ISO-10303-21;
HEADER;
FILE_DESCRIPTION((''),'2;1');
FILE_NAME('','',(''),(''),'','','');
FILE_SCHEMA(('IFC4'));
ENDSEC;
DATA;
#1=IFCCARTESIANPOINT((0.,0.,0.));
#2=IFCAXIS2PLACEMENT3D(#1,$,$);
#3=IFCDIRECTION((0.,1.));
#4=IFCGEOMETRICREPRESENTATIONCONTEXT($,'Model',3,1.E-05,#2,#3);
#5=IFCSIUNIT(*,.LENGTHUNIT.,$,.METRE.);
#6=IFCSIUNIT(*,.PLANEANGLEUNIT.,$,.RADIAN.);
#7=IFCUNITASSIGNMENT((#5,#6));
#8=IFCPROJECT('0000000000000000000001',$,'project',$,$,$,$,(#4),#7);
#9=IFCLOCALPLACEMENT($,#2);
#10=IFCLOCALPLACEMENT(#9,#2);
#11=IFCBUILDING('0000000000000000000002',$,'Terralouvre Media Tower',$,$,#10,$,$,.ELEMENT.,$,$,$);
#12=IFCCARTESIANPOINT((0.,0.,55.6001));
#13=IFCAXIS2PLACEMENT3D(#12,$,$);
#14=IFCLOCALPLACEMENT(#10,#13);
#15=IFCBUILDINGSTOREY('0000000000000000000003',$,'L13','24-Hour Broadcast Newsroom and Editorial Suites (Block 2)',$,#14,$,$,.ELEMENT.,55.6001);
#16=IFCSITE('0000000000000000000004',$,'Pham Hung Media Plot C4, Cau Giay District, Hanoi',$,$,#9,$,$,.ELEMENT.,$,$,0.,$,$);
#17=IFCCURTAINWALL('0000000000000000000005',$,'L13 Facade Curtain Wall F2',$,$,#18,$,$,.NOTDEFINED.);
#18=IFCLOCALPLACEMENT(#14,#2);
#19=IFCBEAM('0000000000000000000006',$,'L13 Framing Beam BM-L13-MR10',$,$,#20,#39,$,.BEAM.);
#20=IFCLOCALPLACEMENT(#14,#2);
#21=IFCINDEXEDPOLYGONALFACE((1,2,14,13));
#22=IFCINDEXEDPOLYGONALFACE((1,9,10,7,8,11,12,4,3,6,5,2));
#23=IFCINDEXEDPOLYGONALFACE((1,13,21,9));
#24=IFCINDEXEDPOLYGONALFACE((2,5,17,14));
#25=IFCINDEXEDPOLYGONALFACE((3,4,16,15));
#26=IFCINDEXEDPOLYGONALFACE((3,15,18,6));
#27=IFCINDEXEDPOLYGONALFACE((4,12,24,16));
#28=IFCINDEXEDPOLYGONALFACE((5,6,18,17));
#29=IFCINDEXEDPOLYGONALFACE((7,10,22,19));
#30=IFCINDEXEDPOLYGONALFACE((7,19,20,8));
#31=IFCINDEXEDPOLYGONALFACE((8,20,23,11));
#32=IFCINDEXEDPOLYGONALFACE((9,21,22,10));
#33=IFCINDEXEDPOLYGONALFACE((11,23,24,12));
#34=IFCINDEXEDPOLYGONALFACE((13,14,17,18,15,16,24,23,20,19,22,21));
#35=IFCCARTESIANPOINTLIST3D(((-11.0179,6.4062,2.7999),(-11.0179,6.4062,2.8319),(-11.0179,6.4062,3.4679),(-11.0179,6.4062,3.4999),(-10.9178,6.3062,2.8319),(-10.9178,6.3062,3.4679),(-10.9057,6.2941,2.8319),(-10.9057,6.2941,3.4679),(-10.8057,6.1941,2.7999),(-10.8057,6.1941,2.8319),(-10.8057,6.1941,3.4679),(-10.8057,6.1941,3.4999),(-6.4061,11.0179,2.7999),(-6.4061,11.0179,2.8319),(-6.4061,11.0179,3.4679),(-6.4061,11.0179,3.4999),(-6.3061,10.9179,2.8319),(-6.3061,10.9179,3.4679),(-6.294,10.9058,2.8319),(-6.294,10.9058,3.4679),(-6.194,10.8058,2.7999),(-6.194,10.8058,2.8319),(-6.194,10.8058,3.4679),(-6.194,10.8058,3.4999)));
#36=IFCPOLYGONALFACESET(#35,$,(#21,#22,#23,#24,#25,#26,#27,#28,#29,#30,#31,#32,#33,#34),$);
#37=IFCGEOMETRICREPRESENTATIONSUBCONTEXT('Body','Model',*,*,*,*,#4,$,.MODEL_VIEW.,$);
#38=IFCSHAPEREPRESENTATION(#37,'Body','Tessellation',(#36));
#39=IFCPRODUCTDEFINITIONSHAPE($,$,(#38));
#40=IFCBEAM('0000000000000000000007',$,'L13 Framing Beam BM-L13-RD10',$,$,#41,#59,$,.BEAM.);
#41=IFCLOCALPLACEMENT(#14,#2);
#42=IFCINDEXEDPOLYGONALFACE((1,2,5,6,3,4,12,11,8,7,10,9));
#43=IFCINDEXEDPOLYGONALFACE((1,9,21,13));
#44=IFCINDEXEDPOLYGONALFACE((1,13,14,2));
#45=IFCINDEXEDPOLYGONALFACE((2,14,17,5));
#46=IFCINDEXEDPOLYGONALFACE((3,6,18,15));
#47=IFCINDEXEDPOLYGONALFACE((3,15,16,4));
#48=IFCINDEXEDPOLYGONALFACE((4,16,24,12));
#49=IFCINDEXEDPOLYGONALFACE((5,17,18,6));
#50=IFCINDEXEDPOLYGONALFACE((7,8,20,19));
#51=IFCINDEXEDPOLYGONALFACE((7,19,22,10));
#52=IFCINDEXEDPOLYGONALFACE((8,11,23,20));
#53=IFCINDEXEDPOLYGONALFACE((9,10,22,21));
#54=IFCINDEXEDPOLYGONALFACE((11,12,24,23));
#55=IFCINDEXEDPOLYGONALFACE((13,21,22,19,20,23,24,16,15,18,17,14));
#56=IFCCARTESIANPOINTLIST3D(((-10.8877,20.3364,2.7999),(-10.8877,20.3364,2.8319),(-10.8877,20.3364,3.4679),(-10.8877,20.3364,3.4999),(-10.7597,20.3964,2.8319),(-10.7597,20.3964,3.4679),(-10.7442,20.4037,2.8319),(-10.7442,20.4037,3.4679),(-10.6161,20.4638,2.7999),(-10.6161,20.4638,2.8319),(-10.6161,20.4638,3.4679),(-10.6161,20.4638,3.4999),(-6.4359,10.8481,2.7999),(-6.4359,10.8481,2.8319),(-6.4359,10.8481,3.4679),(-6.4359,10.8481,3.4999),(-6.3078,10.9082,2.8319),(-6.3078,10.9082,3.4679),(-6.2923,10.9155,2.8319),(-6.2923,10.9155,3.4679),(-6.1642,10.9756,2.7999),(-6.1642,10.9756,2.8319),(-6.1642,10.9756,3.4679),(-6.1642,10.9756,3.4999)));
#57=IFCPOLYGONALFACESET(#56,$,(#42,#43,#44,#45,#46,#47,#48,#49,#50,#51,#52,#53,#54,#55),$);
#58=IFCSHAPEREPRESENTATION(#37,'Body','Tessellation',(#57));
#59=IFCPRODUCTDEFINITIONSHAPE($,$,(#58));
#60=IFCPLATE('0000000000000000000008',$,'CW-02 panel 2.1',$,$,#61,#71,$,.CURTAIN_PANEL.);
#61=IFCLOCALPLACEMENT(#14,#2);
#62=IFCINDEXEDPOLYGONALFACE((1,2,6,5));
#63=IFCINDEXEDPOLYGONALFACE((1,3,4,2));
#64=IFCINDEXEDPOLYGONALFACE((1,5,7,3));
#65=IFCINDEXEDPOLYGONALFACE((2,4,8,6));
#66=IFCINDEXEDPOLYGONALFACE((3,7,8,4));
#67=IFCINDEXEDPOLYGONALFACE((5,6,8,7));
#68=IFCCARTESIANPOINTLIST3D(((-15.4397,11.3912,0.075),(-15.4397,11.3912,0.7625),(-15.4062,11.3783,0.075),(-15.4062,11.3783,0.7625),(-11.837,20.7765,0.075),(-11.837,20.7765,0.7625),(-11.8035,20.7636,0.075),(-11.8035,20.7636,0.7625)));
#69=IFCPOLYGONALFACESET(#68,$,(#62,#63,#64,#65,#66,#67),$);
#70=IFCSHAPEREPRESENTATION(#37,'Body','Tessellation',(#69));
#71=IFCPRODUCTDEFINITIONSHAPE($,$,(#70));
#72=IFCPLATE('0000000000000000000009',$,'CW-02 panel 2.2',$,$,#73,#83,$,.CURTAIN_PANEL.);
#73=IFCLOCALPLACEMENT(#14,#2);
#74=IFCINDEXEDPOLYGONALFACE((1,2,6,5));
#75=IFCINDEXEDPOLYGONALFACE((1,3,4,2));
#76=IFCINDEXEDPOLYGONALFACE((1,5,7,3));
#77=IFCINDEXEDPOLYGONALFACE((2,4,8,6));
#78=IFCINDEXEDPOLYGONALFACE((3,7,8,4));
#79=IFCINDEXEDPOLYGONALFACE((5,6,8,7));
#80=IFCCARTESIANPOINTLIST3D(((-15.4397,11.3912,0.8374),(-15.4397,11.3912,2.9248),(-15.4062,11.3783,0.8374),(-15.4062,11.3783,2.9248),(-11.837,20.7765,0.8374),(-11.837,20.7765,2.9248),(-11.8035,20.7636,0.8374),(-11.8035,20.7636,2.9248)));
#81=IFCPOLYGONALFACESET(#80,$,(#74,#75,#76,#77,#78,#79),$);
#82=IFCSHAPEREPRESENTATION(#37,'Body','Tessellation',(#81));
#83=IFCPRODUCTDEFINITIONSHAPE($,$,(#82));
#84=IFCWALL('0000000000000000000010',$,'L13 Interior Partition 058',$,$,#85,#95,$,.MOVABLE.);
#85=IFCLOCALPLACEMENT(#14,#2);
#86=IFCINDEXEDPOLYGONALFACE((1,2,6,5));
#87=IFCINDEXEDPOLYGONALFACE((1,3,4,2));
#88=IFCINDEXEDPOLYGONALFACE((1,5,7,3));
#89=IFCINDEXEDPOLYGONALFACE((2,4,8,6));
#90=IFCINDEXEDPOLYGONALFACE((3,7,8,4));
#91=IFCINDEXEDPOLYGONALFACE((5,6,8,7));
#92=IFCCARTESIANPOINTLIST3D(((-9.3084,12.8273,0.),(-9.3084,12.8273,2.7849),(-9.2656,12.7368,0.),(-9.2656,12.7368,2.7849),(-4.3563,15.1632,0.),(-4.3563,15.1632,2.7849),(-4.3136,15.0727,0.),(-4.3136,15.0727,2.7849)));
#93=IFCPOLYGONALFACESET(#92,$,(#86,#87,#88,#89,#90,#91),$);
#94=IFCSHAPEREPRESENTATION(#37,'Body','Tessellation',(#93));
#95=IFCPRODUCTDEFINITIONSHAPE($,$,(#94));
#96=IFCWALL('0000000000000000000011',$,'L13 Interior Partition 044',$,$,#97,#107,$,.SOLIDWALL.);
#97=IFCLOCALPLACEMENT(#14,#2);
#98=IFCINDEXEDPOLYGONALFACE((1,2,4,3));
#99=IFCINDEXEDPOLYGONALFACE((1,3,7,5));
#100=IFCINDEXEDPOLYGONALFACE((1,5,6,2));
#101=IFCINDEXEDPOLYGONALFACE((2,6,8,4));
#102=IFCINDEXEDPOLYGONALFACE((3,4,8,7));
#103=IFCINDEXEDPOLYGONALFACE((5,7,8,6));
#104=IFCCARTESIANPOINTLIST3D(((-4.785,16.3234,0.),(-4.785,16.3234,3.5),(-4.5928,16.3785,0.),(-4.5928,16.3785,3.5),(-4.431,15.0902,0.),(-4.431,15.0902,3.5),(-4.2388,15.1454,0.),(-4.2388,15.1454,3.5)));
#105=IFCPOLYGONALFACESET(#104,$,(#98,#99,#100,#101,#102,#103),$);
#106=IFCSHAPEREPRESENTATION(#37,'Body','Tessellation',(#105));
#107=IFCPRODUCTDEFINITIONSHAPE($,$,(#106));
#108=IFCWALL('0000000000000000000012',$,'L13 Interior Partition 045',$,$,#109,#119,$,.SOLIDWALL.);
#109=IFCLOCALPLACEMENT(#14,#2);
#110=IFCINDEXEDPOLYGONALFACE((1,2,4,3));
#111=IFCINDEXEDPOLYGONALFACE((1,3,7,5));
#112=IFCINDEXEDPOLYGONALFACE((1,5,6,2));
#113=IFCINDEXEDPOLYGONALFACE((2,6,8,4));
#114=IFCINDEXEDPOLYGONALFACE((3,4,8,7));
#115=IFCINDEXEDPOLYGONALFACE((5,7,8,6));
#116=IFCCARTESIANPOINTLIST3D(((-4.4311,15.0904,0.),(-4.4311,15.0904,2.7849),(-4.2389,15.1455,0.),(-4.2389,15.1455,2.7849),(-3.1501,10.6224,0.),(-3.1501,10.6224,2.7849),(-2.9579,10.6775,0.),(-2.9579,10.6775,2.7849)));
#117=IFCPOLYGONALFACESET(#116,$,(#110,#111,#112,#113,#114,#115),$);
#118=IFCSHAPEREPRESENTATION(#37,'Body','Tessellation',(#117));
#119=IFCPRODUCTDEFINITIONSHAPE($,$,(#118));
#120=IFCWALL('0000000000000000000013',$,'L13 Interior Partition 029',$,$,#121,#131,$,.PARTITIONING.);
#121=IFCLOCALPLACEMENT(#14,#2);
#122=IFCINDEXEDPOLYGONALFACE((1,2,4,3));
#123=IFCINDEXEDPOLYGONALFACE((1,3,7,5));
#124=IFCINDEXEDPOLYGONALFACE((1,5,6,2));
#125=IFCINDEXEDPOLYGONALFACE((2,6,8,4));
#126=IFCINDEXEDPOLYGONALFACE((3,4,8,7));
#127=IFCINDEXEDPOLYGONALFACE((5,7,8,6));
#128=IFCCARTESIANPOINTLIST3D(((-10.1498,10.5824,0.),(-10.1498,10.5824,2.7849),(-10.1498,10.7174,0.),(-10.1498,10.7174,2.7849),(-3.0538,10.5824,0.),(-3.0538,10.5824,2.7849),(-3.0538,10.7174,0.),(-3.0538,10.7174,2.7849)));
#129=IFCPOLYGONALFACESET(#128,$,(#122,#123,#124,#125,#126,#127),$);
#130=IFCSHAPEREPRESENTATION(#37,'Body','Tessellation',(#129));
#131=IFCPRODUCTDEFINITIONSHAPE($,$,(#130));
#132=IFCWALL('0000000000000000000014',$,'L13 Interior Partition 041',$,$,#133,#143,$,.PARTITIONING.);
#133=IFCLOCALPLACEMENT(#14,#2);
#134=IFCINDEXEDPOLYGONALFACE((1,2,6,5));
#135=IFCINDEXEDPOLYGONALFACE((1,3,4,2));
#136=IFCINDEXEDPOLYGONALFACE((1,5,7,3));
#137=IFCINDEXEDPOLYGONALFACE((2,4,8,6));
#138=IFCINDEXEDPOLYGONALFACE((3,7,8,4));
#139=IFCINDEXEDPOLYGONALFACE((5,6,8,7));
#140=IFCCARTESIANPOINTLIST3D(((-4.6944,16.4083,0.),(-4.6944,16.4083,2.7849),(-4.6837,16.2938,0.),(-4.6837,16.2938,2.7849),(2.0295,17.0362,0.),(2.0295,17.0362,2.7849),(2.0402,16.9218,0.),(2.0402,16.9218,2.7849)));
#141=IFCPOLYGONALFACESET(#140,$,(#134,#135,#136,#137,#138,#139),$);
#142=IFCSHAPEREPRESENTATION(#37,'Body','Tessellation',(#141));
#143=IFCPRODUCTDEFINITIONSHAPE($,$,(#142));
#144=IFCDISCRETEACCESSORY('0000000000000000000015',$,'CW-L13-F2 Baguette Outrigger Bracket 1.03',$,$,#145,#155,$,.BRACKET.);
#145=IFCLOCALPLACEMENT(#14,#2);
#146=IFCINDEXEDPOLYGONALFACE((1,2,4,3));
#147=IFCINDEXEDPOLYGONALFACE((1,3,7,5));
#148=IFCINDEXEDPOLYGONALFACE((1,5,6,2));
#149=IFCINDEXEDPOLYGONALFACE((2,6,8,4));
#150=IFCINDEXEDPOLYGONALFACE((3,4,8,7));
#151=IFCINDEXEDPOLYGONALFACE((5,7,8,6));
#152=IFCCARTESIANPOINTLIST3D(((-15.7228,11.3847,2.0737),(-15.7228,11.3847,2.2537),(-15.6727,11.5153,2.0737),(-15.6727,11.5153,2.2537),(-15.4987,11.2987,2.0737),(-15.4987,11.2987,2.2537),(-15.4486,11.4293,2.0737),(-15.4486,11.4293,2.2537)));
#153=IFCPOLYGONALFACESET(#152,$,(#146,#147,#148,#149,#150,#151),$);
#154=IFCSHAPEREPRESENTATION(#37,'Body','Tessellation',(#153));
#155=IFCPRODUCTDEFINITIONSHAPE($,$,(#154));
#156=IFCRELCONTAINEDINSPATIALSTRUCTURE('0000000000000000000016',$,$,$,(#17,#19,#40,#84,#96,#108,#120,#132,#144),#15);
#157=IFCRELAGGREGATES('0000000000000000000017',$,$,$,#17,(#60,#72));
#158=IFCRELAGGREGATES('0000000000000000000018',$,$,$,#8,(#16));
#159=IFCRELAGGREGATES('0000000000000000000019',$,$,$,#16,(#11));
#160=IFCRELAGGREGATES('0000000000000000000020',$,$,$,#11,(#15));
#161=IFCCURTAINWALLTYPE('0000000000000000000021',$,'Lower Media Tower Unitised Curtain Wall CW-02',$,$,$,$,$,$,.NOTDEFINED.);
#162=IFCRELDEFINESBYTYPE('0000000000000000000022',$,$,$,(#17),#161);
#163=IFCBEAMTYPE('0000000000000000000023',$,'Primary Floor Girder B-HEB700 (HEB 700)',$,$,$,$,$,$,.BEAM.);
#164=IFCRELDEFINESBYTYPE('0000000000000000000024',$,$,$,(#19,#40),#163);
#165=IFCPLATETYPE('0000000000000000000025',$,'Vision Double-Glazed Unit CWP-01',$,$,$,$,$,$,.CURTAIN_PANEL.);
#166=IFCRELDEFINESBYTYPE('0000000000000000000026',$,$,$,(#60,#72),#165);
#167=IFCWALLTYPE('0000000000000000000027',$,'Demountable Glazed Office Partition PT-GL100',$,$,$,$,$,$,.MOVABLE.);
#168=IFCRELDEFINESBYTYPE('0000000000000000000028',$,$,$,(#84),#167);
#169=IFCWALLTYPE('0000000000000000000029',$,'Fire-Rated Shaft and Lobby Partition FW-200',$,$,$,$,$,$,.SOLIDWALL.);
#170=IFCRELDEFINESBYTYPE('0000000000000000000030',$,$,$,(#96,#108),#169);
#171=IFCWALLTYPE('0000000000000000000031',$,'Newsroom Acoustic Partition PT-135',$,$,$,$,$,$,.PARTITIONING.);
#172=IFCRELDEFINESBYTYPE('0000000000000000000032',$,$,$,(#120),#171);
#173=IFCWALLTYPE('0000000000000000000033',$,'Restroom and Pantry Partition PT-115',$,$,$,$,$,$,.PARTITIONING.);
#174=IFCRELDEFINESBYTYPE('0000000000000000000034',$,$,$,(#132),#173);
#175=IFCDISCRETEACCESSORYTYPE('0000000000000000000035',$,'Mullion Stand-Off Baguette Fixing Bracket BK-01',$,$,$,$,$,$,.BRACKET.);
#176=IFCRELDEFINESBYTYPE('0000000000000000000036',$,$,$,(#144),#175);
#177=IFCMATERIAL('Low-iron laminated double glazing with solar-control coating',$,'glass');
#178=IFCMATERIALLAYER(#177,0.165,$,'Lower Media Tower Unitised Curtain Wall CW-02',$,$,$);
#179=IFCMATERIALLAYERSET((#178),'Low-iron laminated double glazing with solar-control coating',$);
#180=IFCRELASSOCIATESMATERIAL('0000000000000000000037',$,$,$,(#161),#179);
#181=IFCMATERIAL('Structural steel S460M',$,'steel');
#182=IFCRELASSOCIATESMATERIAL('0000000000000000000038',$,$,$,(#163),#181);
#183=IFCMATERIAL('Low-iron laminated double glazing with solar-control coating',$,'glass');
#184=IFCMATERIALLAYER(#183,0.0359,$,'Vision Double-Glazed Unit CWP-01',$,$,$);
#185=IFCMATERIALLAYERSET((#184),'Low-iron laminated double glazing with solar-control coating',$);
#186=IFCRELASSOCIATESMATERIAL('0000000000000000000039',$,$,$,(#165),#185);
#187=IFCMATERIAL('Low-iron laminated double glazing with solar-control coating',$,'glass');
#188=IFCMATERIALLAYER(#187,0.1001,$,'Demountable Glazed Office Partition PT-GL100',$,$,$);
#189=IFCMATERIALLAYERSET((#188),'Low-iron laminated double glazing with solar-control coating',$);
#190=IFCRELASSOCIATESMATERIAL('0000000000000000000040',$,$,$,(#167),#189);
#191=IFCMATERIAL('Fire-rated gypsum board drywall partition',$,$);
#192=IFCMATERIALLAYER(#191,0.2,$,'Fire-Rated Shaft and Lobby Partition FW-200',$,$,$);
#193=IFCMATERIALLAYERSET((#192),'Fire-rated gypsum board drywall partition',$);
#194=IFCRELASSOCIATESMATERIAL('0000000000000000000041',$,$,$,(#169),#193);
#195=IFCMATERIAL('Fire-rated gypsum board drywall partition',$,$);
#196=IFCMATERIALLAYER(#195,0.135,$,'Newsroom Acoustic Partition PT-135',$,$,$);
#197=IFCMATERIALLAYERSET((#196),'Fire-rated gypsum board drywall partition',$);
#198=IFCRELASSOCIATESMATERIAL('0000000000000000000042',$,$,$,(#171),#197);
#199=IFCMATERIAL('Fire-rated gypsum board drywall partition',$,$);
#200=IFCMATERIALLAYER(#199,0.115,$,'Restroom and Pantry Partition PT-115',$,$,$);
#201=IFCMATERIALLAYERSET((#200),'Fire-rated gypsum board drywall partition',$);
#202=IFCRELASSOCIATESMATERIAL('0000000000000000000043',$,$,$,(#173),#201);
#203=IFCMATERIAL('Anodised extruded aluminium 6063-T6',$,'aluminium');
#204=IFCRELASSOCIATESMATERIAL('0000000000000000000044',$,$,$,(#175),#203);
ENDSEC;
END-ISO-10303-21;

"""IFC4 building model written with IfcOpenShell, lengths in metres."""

from ifc_helpers import new_model, si_unit, direction, frame, frame_2d, origin, origin_2d, place, context, subcontext, project, spatial, rectangle, i_section, extrude, material, layer, layer_set, material_profile, profile_set, type_object, element, aggregate, save


model = new_model("IFC4")

# Units and contexts
model_context = context("Model", 3, precision=1e-05, world=origin(), true_north=direction((0.0, 1.0)))
body_context = subcontext(model_context, "Body", "Model", "MODEL_VIEW")
ifc_project = project(units=[si_unit("LENGTHUNIT", "METRE"), si_unit("PLANEANGLEUNIT", "RADIAN")], contexts=[model_context])

# Site, building, storey
site_placement = place(None, origin())
site = spatial("IfcSite", under=ifc_project, at=site_placement, Name="Pham Hung Media Plot C4, Cau Giay District, Hanoi", CompositionType="ELEMENT", RefElevation=0.0)
building_placement = place(site_placement, origin())
building = spatial("IfcBuilding", under=site, at=building_placement, Name="Terralouvre Media Tower", CompositionType="ELEMENT")
storey_placement = place(building_placement, frame((0.0, 0.0, 55.6001)))
storey = spatial("IfcBuildingStorey", under=building, at=storey_placement, Name="L13", Description="24-Hour Broadcast Newsroom and Editorial Suites (Block 2)", CompositionType="ELEMENT", Elevation=55.6001)

# Curtain wall
ifc_material_1 = material(Name="Low-iron laminated double glazing with solar-control coating", Category="glass")
ifc_layer_1 = layer(ifc_material_1, 0.165, Name="Lower Media Tower Unitised Curtain Wall CW-02")
ifc_layer_set_1 = layer_set([ifc_layer_1], Name="Low-iron laminated double glazing with solar-control coating")
curtain_wall_type = type_object("IfcCurtainWallType", Name="Lower Media Tower Unitised Curtain Wall CW-02", PredefinedType="NOTDEFINED", material=ifc_layer_set_1)
curtain_wall_placement = place(storey_placement, origin())
curtain_wall = element("IfcCurtainWall", 1, at=curtain_wall_placement, inside=storey, type_object=curtain_wall_type, Name="L13 Facade Curtain Wall F2", PredefinedType="NOTDEFINED")

# Beams
ifc_material_2 = material(Name="Structural steel S460M", Category="steel")
ifc_material_profile_1 = material_profile(ifc_material_2, i_section(OverallWidth=0.3, OverallDepth=0.7, WebThickness=0.0171, FlangeThickness=0.032, at=origin_2d()), Name="HEB 700")
ifc_profile_set_1 = profile_set([ifc_material_profile_1], Name="Structural steel S460M")
beam_type_1 = type_object("IfcBeamType", Name="Primary Floor Girder B-HEB700 (HEB 700)", PredefinedType="BEAM", material=ifc_profile_set_1)
beam_1_placement = place(storey_placement, frame((-6.3, 10.9119, 3.1499), z_axis=(-0.707107, -0.707107, 0.0), x_axis=(0.707107, -0.707107, 0.0)))
element("IfcBeam", 2, at=beam_1_placement, inside=storey, type_object=beam_type_1, Name="L13 Framing Beam BM-L13-MR10", PredefinedType="BEAM", context=body_context, shape_type="SweptSolid", body=[
    extrude(i_section(OverallWidth=0.3, OverallDepth=0.7, WebThickness=0.0171, FlangeThickness=0.032, at=origin_2d()), origin(), (0.0, 0.0, 1.0), 6.522),
])
beam_2_placement = place(storey_placement, frame((-6.3, 10.9119, 3.1499), z_axis=(-0.424768, 0.905302, 0.0), x_axis=(-0.905302, -0.424768, 0.0)))
element("IfcBeam", 3, at=beam_2_placement, inside=storey, type_object=beam_type_1, Name="L13 Framing Beam BM-L13-RD10", PredefinedType="BEAM", context=body_context, shape_type="SweptSolid", body=[
    extrude(i_section(OverallWidth=0.3, OverallDepth=0.7, WebThickness=0.0171, FlangeThickness=0.032, at=origin_2d()), origin(), (0.0, 0.0, 1.0), 10.4807),
])

# Plates
ifc_material_3 = material(Name="Low-iron laminated double glazing with solar-control coating", Category="glass")
ifc_layer_2 = layer(ifc_material_3, 0.0359, Name="Vision Double-Glazed Unit CWP-01")
ifc_layer_set_2 = layer_set([ifc_layer_2], Name="Low-iron laminated double glazing with solar-control coating")
plate_type = type_object("IfcPlateType", Name="Vision Double-Glazed Unit CWP-01", PredefinedType="CURTAIN_PANEL", material=ifc_layer_set_2)
plate_1_placement = place(storey_placement, frame((-13.6216, 16.0774, 0.075), z_axis=(0.0, 0.0, 1.0), x_axis=(-0.358368, -0.93358, 0.0)))
plate_1 = element("IfcPlate", 4, at=plate_1_placement, type_object=plate_type, Name="CW-02 panel 2.1", PredefinedType="CURTAIN_PANEL", context=body_context, shape_type="SweptSolid", body=[
    extrude(rectangle(XDim=10.053, YDim=0.0359, at=origin_2d()), origin(), (0.0, 0.0, 1.0), 0.6875),
])
plate_2_placement = place(storey_placement, frame((-13.6216, 16.0774, 0.8374), z_axis=(0.0, 0.0, 1.0), x_axis=(-0.358368, -0.93358, 0.0)))
plate_2 = element("IfcPlate", 5, at=plate_2_placement, type_object=plate_type, Name="CW-02 panel 2.2", PredefinedType="CURTAIN_PANEL", context=body_context, shape_type="SweptSolid", body=[
    extrude(rectangle(XDim=10.053, YDim=0.0359, at=origin_2d()), origin(), (0.0, 0.0, 1.0), 2.0874),
])
aggregate(curtain_wall, [plate_1, plate_2])

# Walls
ifc_material_4 = material(Name="Low-iron laminated double glazing with solar-control coating", Category="glass")
ifc_layer_3 = layer(ifc_material_4, 0.1001, Name="Demountable Glazed Office Partition PT-GL100")
ifc_layer_set_3 = layer_set([ifc_layer_3], Name="Low-iron laminated double glazing with solar-control coating")
wall_type_1 = type_object("IfcWallType", Name="Demountable Glazed Office Partition PT-GL100", PredefinedType="MOVABLE", material=ifc_layer_set_3)
wall_1_placement = place(storey_placement, frame((-9.2871, 12.782, 0.0), z_axis=(0.0, 0.0, 1.0), x_axis=(0.90443, 0.426621, 0.0)))
element("IfcWall", 6, at=wall_1_placement, inside=storey, type_object=wall_type_1, Name="L13 Interior Partition 058", PredefinedType="MOVABLE", context=body_context, shape_type="SweptSolid", body=[
    extrude(rectangle(XDim=5.4753, YDim=0.1001, at=frame_2d((2.7378, 0.0))), origin(), (0.0, 0.0, 1.0), 2.7849),
])
ifc_material_5 = material(Name="Fire-rated gypsum board drywall partition")
ifc_layer_4 = layer(ifc_material_5, 0.2, Name="Fire-Rated Shaft and Lobby Partition FW-200")
ifc_layer_set_4 = layer_set([ifc_layer_4], Name="Fire-rated gypsum board drywall partition")
wall_type_2 = type_object("IfcWallType", Name="Fire-Rated Shaft and Lobby Partition FW-200", PredefinedType="SOLIDWALL", material=ifc_layer_set_4)
wall_2_placement = place(storey_placement, frame((-4.689, 16.3511, 0.0), z_axis=(0.0, 0.0, 1.0), x_axis=(0.275927, -0.961179, 0.0)))
element("IfcWall", 7, at=wall_2_placement, inside=storey, type_object=wall_type_2, Name="L13 Interior Partition 044", PredefinedType="SOLIDWALL", context=body_context, shape_type="SweptSolid", body=[
    extrude(rectangle(XDim=1.283, YDim=0.2, at=frame_2d((0.6416, 0.0))), origin(), (0.0, 0.0, 1.0), 3.5),
])
wall_3_placement = place(storey_placement, frame((-4.335, 15.1179, 0.0), z_axis=(0.0, 0.0, 1.0), x_axis=(0.275602, -0.961272, 0.0)))
element("IfcWall", 8, at=wall_3_placement, inside=storey, type_object=wall_type_2, Name="L13 Interior Partition 045", PredefinedType="SOLIDWALL", context=body_context, shape_type="SweptSolid", body=[
    extrude(rectangle(XDim=4.6479, YDim=0.2, at=frame_2d((2.324, 0.0))), origin(), (0.0, 0.0, 1.0), 2.7849),
])
ifc_material_6 = material(Name="Fire-rated gypsum board drywall partition")
ifc_layer_5 = layer(ifc_material_6, 0.135, Name="Newsroom Acoustic Partition PT-135")
ifc_layer_set_5 = layer_set([ifc_layer_5], Name="Fire-rated gypsum board drywall partition")
wall_type_3 = type_object("IfcWallType", Name="Newsroom Acoustic Partition PT-135", PredefinedType="PARTITIONING", material=ifc_layer_set_5)
wall_4_placement = place(storey_placement, frame((-3.054, 10.6499, 0.0), z_axis=(0.0, 0.0, 1.0), x_axis=(-1.0, 0.0, 0.0)))
element("IfcWall", 9, at=wall_4_placement, inside=storey, type_object=wall_type_3, Name="L13 Interior Partition 029", PredefinedType="PARTITIONING", context=body_context, shape_type="SweptSolid", body=[
    extrude(rectangle(XDim=7.0959, YDim=0.135, at=frame_2d((3.5479, 0.0))), origin(), (0.0, 0.0, 1.0), 2.7849),
])
ifc_material_7 = material(Name="Fire-rated gypsum board drywall partition")
ifc_layer_6 = layer(ifc_material_7, 0.115, Name="Restroom and Pantry Partition PT-115")
ifc_layer_set_6 = layer_set([ifc_layer_6], Name="Fire-rated gypsum board drywall partition")
wall_type_4 = type_object("IfcWallType", Name="Restroom and Pantry Partition PT-115", PredefinedType="PARTITIONING", material=ifc_layer_set_6)
wall_5_placement = place(storey_placement, frame((-4.689, 16.3511, 0.0), z_axis=(0.0, 0.0, 1.0), x_axis=(0.995668, 0.092983, 0.0)))
element("IfcWall", 10, at=wall_5_placement, inside=storey, type_object=wall_type_4, Name="L13 Interior Partition 041", PredefinedType="PARTITIONING", context=body_context, shape_type="SweptSolid", body=[
    extrude(rectangle(XDim=6.7532, YDim=0.115, at=frame_2d((3.3765, 0.0))), origin(), (0.0, 0.0, 1.0), 2.7849),
])

# Discrete accessory
ifc_material_8 = material(Name="Anodised extruded aluminium 6063-T6", Category="aluminium")
discrete_accessory_type = type_object("IfcDiscreteAccessoryType", Name="Mullion Stand-Off Baguette Fixing Bracket BK-01", PredefinedType="BRACKET", material=ifc_material_8)
discrete_accessory_placement = place(storey_placement, frame((-15.5857, 11.407, 2.0737), z_axis=(0.0, 0.0, 1.0), x_axis=(-0.358368, -0.93358, 0.0)))
element("IfcDiscreteAccessory", 11, at=discrete_accessory_placement, inside=storey, type_object=discrete_accessory_type, Name="CW-L13-F2 Baguette Outrigger Bracket 1.03", PredefinedType="BRACKET", context=body_context, shape_type="SweptSolid", body=[
    extrude(rectangle(XDim=0.1399, YDim=0.24, at=origin_2d()), origin(), (0.0, 0.0, 1.0), 0.1799),
])

save(model, "model.ifc")
